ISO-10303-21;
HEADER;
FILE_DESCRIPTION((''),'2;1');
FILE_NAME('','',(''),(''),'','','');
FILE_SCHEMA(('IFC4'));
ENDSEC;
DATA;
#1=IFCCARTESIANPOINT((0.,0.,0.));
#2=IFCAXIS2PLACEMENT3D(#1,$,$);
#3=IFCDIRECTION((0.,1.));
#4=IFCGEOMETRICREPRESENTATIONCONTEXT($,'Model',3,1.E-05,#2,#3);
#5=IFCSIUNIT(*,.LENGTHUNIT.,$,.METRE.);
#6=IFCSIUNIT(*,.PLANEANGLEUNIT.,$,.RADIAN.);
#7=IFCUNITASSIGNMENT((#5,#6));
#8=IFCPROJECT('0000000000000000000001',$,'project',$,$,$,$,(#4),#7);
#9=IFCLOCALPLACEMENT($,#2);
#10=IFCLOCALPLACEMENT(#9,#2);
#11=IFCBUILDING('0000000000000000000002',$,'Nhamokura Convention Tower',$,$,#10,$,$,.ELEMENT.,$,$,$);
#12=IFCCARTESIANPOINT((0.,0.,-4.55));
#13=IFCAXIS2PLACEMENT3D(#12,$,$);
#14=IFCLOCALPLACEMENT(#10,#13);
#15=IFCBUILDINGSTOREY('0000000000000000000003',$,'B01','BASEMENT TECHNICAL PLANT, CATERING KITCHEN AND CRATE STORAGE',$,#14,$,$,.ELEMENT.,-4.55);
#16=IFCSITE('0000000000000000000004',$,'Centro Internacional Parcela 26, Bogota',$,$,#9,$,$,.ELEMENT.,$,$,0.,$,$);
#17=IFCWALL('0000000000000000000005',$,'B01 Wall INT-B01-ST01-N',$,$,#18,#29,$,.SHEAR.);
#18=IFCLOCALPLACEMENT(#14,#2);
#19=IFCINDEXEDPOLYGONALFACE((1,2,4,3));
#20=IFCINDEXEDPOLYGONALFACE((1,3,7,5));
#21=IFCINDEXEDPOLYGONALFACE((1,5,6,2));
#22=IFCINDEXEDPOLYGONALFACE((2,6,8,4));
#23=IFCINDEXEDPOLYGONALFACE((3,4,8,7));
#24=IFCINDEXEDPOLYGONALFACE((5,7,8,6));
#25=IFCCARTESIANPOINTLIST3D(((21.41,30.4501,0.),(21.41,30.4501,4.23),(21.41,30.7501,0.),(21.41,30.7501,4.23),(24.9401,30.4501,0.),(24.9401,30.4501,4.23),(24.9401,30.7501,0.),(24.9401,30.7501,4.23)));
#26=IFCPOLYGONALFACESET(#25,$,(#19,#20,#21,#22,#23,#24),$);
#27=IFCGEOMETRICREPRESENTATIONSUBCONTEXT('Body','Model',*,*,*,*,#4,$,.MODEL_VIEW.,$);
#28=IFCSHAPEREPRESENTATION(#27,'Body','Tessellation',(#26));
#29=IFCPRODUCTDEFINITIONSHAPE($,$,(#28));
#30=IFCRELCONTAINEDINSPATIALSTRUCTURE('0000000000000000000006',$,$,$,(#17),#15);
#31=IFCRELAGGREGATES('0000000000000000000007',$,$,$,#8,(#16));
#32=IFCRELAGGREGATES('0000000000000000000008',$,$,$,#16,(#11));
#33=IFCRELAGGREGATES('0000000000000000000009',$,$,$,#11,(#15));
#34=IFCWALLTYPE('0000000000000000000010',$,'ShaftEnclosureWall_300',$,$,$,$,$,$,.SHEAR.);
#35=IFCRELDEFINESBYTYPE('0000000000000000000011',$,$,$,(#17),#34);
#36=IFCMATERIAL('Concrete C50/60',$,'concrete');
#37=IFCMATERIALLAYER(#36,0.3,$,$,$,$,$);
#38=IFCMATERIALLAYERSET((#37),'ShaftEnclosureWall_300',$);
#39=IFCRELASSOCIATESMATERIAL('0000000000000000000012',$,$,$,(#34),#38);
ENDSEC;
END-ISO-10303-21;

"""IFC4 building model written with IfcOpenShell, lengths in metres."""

from ifc_helpers import new_model, si_unit, direction, frame, frame_2d, origin, place, context, subcontext, project, spatial, rectangle, extrude, material, layer, layer_set, type_object, element, save


model = new_model("IFC4")

# Units and contexts
model_context = context("Model", 3, precision=1e-05, world=origin(), true_north=direction((0.0, 1.0)))
body_context = subcontext(model_context, "Body", "Model", "MODEL_VIEW")
ifc_project = project(units=[si_unit("LENGTHUNIT", "METRE"), si_unit("PLANEANGLEUNIT", "RADIAN")], contexts=[model_context])

# Site, building, storey
site_placement = place(None, origin())
site = spatial("IfcSite", under=ifc_project, at=site_placement, Name="Centro Internacional Parcela 26, Bogota", CompositionType="ELEMENT", RefElevation=0.0)
building_placement = place(site_placement, origin())
building = spatial("IfcBuilding", under=site, at=building_placement, Name="Nhamokura Convention Tower", CompositionType="ELEMENT")
storey_placement = place(building_placement, frame((0.0, 0.0, -4.55)))
storey = spatial("IfcBuildingStorey", under=building, at=storey_placement, Name="B01", Description="BASEMENT TECHNICAL PLANT, CATERING KITCHEN AND CRATE STORAGE", CompositionType="ELEMENT", Elevation=-4.55)

# Wall
ifc_material_1 = material(Name="Concrete C50/60", Category="concrete")
ifc_layer_1 = layer(ifc_material_1, 0.3)
ifc_layer_set_1 = layer_set([ifc_layer_1], Name="ShaftEnclosureWall_300")
wall_type_1 = type_object("IfcWallType", Name="ShaftEnclosureWall_300", PredefinedType="SHEAR", material=ifc_layer_set_1)
wall_1_placement = place(storey_placement, frame((21.4099, 30.6001, 0.0), z_axis=(0.0, 0.0, 1.0), x_axis=(1.0, 0.0, 0.0)))
element("IfcWall", 1, at=wall_1_placement, inside=storey, type_object=wall_type_1, Name="B01 Wall INT-B01-ST01-N", PredefinedType="SHEAR", context=body_context, shape_type="SweptSolid", body=[
    extrude(rectangle(XDim=3.53, YDim=0.3, at=frame_2d((1.7651, 0.0))), origin(), (0.0, 0.0, 1.0), 4.23),
])

save(model, "model.ifc")
